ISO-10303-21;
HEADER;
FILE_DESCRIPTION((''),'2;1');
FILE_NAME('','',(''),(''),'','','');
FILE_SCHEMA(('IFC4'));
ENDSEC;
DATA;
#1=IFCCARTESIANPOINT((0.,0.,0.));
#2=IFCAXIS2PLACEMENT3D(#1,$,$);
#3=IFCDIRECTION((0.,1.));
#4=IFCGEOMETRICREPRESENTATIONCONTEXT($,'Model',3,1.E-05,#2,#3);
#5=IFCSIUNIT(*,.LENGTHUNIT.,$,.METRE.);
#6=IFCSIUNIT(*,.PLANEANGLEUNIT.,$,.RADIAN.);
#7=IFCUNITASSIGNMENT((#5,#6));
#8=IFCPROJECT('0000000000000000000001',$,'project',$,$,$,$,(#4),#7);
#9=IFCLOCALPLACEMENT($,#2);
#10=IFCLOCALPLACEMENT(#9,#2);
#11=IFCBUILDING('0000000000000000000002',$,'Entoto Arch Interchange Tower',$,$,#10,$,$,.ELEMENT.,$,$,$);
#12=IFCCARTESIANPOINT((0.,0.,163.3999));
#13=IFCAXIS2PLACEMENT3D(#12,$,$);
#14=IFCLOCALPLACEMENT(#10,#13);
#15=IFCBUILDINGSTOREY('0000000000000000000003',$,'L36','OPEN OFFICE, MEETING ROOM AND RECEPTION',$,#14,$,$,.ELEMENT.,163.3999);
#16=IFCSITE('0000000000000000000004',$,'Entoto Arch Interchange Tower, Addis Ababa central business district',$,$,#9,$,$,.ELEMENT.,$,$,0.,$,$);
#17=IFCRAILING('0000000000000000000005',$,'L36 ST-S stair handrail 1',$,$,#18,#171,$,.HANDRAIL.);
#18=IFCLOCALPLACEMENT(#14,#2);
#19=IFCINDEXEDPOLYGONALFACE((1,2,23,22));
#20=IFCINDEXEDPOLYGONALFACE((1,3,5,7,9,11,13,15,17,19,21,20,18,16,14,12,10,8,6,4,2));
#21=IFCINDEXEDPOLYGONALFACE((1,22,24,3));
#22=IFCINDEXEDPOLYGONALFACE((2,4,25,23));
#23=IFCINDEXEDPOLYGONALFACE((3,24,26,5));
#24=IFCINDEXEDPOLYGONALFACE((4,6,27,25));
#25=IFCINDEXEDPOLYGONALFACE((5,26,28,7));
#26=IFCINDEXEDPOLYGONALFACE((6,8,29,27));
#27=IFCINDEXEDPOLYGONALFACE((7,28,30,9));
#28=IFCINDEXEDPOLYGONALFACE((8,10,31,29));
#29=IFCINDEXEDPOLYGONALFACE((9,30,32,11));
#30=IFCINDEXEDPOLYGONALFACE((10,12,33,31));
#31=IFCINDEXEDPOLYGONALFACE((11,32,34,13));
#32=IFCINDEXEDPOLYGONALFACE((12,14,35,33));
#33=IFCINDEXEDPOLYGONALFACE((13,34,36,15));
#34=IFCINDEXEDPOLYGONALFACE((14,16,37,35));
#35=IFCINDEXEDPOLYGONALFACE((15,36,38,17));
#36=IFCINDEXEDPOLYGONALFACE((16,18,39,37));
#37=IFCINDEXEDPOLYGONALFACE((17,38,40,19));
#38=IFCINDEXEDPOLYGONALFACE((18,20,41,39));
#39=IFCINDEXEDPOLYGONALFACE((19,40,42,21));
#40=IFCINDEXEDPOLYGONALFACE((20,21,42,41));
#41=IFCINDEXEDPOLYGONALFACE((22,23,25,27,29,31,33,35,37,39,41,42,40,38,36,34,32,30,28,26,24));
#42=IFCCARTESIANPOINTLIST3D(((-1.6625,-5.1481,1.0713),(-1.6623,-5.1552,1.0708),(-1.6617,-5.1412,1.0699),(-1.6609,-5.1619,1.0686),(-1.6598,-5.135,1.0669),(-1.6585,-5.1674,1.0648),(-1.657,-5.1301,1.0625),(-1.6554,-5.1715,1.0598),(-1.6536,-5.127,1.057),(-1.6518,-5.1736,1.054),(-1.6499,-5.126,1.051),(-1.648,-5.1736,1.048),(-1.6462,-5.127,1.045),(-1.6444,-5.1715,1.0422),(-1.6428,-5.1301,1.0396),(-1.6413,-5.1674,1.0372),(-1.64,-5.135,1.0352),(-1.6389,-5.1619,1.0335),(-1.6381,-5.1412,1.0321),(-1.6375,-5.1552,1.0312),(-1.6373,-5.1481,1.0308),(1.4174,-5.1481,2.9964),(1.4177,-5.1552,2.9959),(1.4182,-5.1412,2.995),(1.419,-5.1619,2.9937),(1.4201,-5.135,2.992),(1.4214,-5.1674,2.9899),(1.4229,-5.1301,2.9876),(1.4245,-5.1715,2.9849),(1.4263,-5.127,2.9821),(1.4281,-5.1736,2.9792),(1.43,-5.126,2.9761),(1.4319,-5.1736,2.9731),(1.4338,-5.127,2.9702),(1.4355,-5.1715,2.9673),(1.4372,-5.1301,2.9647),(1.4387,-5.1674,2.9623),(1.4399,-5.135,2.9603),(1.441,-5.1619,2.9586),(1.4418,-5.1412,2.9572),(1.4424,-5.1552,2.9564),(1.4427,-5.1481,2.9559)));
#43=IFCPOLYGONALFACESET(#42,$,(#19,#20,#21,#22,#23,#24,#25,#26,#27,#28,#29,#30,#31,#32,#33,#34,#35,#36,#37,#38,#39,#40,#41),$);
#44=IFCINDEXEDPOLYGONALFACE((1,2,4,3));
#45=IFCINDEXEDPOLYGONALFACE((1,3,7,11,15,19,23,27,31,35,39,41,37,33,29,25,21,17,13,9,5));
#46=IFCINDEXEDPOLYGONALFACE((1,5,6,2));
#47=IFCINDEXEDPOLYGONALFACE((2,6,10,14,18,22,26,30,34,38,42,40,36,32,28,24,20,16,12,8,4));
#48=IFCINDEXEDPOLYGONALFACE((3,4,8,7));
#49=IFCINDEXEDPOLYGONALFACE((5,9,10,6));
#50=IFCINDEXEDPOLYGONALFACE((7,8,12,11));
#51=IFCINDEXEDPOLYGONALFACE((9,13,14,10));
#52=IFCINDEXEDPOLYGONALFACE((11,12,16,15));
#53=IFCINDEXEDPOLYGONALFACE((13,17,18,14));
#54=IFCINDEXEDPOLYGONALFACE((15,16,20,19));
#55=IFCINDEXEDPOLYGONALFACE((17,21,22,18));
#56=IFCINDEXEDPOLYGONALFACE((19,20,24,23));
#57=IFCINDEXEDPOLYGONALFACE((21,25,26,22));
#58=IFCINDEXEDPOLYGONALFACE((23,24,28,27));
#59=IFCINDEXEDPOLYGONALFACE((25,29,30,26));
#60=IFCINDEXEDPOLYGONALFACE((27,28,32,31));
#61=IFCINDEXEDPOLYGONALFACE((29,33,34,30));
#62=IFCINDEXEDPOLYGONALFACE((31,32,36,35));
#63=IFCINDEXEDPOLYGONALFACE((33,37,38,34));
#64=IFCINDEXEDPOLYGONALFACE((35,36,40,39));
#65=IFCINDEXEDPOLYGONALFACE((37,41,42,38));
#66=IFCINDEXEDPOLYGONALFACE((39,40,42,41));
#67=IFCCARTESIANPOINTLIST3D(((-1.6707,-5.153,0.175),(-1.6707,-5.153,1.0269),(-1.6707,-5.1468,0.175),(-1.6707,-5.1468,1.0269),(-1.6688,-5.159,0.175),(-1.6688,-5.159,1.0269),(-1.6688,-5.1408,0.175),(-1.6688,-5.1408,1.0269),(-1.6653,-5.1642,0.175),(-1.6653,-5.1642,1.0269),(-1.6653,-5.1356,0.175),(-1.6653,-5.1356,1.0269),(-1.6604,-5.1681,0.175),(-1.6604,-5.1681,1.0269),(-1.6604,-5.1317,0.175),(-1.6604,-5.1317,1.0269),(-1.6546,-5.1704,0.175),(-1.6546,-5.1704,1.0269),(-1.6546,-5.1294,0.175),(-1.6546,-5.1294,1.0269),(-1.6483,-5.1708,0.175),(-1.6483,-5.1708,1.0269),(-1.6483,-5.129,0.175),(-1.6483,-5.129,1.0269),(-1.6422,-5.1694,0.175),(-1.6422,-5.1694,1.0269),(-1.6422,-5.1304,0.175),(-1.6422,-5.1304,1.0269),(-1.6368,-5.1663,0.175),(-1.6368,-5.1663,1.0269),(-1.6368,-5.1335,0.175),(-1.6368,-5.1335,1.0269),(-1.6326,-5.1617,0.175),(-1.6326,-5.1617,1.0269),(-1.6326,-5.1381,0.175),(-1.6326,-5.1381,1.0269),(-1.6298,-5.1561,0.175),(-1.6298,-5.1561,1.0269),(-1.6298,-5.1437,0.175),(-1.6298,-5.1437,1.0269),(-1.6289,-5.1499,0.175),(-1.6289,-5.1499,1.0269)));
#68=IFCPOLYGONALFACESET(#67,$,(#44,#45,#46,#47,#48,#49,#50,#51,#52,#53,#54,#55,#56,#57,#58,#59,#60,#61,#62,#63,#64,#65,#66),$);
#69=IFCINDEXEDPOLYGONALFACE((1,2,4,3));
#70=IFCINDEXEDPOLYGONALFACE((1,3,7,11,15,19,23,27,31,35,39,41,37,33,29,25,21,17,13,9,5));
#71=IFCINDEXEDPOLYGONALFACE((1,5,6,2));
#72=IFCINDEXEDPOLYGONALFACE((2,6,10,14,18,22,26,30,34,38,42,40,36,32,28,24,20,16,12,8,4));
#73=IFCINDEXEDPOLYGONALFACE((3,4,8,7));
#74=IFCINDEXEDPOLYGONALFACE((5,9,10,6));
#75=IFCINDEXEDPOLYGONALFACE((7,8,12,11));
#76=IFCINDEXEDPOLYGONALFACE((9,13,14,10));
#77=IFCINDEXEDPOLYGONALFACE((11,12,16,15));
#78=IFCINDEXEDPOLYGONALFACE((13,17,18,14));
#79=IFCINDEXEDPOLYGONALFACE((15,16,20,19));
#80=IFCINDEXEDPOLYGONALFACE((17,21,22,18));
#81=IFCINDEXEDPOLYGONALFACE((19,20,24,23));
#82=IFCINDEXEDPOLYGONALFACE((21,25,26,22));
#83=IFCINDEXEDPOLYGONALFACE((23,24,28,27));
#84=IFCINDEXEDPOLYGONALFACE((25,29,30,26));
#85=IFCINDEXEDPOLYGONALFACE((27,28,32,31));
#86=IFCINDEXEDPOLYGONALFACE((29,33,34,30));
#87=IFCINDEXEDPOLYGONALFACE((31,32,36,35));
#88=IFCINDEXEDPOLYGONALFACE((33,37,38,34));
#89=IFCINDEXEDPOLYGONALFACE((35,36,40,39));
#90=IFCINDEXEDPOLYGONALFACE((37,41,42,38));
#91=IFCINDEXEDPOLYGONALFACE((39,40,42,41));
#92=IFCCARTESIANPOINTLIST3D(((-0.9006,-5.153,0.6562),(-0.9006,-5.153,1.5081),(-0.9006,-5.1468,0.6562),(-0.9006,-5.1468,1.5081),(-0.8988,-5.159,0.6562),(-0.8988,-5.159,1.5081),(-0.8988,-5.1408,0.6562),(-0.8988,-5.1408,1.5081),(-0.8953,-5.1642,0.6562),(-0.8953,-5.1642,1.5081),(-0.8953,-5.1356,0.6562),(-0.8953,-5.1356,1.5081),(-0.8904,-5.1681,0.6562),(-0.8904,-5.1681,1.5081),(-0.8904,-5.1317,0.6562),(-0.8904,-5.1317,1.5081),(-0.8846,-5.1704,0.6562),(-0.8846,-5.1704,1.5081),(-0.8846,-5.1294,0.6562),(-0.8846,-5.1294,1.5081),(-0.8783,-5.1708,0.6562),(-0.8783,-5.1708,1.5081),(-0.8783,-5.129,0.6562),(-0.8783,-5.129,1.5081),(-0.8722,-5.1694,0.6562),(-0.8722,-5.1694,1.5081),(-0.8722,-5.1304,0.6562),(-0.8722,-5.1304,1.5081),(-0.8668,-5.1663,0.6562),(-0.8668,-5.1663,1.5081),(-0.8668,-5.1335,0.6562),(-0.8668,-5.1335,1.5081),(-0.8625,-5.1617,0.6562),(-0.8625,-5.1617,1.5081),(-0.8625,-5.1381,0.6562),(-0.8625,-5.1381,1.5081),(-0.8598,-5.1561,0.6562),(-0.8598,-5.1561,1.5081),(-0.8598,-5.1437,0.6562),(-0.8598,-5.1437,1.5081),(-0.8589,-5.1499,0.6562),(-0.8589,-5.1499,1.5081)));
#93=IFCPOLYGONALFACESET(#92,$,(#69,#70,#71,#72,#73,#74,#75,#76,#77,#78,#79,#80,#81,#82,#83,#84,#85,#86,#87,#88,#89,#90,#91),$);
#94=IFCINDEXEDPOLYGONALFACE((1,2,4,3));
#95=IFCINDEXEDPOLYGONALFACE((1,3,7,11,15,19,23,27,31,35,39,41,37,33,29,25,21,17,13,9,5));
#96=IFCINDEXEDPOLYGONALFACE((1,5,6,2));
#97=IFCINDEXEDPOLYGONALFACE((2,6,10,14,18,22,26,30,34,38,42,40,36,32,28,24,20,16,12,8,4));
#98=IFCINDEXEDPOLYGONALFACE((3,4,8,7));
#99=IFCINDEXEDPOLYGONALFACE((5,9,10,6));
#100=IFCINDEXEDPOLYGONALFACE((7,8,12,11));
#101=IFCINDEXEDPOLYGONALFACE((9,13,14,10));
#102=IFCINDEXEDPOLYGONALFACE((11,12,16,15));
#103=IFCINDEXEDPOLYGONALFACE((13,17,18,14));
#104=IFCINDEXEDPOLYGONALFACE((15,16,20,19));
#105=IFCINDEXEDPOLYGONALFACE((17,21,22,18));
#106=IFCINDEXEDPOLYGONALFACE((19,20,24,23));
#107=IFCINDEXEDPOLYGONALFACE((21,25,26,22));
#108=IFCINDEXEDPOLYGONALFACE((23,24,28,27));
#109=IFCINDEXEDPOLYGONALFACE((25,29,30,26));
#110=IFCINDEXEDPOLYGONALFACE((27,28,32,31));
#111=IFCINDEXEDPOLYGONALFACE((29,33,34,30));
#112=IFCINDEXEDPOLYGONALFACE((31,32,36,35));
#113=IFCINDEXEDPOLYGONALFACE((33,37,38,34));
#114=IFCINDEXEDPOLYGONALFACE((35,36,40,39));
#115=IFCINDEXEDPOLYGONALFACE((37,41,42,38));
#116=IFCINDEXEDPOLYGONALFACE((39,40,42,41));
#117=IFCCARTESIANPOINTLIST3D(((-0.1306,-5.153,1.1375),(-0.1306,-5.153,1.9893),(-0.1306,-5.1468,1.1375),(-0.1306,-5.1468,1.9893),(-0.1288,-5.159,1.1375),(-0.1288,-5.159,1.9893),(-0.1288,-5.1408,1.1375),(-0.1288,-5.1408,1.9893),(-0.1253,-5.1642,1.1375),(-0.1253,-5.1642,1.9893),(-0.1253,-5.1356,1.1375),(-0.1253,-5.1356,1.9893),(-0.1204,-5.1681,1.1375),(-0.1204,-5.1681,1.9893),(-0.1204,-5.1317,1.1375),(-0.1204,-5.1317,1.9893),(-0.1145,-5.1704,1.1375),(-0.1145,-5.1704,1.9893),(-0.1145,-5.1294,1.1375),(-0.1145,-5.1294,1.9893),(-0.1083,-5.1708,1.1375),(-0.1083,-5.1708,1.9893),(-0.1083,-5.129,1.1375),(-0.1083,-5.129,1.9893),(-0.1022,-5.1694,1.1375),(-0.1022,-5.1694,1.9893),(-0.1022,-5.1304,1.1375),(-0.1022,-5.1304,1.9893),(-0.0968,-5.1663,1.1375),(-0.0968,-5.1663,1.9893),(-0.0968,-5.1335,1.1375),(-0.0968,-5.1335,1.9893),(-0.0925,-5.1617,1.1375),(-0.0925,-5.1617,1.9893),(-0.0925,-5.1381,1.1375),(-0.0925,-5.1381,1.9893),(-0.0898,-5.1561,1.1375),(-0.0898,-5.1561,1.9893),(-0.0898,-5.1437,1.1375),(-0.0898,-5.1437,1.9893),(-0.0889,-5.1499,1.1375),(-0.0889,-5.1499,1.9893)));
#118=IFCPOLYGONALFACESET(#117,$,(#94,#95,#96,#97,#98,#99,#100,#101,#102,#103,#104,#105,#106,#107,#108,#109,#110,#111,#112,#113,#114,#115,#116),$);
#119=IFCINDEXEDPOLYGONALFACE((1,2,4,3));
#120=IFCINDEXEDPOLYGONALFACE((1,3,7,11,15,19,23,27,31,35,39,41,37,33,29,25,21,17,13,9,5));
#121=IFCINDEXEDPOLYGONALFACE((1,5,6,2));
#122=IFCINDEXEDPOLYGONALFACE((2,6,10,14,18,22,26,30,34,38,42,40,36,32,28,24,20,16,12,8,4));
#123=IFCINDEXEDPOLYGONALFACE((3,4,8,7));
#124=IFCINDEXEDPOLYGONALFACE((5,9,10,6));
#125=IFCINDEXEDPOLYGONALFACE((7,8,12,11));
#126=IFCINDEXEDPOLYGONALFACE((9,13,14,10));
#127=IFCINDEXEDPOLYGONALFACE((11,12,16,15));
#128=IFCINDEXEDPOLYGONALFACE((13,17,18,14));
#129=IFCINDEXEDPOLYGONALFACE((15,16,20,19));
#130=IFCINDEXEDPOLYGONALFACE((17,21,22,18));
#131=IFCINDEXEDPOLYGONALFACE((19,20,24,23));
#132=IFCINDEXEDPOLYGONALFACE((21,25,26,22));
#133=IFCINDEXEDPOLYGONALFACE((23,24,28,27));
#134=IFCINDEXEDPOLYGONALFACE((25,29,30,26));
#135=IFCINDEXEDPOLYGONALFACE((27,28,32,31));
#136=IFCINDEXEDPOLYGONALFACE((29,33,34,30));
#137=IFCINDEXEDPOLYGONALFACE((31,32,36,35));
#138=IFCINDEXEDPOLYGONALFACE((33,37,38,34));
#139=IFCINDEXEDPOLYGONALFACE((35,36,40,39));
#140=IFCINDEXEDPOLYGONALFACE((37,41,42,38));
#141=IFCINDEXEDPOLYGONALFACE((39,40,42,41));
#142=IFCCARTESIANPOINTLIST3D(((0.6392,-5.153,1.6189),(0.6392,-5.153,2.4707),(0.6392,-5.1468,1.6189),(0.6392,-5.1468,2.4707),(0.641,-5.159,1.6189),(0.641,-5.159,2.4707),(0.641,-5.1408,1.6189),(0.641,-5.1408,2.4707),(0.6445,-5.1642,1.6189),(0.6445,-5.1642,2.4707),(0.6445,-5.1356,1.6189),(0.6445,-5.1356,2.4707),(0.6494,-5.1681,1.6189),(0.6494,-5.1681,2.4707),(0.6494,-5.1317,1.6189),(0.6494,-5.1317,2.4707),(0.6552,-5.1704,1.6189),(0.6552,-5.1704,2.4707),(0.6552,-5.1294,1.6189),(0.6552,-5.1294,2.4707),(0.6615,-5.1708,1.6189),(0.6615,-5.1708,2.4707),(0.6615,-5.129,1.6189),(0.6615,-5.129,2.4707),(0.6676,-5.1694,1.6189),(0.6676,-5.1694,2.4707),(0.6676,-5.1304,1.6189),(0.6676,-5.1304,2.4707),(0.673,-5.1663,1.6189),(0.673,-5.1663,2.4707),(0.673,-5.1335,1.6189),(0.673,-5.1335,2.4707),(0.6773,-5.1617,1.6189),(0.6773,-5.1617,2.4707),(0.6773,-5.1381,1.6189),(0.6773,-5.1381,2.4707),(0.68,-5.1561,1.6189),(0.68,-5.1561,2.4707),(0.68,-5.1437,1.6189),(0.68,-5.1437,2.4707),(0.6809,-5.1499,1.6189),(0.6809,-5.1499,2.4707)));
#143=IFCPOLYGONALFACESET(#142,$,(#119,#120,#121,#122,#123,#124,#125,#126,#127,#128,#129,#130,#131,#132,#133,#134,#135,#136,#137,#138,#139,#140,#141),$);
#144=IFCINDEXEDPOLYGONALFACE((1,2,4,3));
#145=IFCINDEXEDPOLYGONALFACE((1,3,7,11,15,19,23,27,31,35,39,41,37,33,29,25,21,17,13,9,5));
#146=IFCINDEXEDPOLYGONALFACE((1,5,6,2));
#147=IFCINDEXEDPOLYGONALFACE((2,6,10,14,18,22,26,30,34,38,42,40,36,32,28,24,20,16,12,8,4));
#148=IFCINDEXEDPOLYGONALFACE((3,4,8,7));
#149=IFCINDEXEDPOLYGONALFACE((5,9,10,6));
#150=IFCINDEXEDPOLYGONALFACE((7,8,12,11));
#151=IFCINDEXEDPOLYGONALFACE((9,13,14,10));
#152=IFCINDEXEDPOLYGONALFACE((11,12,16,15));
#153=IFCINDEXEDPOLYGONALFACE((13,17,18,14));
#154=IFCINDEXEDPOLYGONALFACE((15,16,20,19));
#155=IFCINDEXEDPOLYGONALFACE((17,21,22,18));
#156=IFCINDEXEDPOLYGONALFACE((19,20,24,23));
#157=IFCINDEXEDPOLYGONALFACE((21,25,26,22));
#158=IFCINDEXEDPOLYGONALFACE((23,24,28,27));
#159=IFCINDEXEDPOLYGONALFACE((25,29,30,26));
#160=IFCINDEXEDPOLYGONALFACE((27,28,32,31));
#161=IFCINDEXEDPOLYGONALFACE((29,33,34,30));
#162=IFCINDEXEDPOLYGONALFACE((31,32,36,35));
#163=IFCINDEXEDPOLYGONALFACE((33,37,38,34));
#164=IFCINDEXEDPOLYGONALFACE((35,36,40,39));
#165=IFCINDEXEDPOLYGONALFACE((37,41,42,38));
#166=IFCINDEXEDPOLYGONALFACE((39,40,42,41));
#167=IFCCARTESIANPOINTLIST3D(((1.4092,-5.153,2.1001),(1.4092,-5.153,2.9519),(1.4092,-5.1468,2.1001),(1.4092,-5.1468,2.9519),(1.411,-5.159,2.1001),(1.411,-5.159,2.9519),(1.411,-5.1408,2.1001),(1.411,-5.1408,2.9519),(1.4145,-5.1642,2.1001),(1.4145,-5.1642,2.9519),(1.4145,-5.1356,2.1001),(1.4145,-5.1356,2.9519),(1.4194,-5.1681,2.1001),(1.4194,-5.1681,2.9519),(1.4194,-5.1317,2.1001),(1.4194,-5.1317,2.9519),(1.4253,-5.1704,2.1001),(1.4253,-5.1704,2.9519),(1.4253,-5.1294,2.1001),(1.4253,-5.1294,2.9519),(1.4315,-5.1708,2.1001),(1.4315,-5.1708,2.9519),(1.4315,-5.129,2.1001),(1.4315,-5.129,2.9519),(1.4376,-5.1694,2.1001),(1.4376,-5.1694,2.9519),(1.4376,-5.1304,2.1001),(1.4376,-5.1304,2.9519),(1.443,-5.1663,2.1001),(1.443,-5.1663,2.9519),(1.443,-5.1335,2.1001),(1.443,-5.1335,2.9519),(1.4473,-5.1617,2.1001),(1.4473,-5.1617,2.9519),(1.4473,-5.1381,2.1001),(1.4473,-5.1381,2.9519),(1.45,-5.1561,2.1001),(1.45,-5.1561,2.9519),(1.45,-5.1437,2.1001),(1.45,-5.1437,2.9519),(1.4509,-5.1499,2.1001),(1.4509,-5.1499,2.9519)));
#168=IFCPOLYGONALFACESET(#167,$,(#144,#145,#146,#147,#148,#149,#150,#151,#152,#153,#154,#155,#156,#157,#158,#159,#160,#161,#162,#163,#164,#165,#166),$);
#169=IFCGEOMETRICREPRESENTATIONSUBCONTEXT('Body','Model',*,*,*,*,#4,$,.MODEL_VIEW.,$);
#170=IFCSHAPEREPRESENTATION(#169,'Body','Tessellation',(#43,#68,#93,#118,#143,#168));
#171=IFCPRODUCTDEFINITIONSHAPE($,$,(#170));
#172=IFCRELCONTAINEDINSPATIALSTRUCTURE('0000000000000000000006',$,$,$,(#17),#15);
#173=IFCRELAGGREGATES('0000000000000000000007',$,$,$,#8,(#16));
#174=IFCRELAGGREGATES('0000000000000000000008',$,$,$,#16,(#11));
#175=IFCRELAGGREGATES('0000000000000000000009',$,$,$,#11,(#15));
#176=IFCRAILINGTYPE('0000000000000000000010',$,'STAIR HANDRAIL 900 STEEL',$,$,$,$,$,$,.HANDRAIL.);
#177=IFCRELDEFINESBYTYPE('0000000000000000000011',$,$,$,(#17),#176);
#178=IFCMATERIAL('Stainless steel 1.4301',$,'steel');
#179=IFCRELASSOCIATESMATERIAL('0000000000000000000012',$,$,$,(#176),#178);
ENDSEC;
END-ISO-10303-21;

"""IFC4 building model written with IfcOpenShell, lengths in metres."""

from ifc_helpers import new_model, si_unit, direction, frame, origin, origin_2d, place, context, subcontext, project, spatial, circle, extrude, material, type_object, element, save


model = new_model("IFC4")

# Units and contexts
model_context = context("Model", 3, precision=1e-05, world=origin(), true_north=direction((0.0, 1.0)))
body_context = subcontext(model_context, "Body", "Model", "MODEL_VIEW")
ifc_project = project(units=[si_unit("LENGTHUNIT", "METRE"), si_unit("PLANEANGLEUNIT", "RADIAN")], contexts=[model_context])

# Site, building, storey
site_placement = place(None, origin())
site = spatial("IfcSite", under=ifc_project, at=site_placement, Name="Entoto Arch Interchange Tower, Addis Ababa central business district", CompositionType="ELEMENT", RefElevation=0.0)
building_placement = place(site_placement, origin())
building = spatial("IfcBuilding", under=site, at=building_placement, Name="Entoto Arch Interchange Tower", CompositionType="ELEMENT")
storey_placement = place(building_placement, frame((0.0, 0.0, 163.3999)))
storey = spatial("IfcBuildingStorey", under=building, at=storey_placement, Name="L36", Description="OPEN OFFICE, MEETING ROOM AND RECEPTION", CompositionType="ELEMENT", Elevation=163.3999)

# Railing
ifc_material_1 = material(Name="Stainless steel 1.4301", Category="steel")
railing_type_1 = type_object("IfcRailingType", Name="STAIR HANDRAIL 900 STEEL", PredefinedType="HANDRAIL", material=ifc_material_1)
railing_1_placement = place(storey_placement, frame((-1.6499, -5.1499, 0.175)))
element("IfcRailing", 1, at=railing_1_placement, inside=storey, type_object=railing_type_1, Name="L36 ST-S stair handrail 1", PredefinedType="HANDRAIL", context=body_context, shape_type="SweptSolid", body=[
    extrude(circle(Radius=0.0239, at=origin_2d()), frame((0.0, 0.0, 0.876), z_axis=(0.847979, 0.0, 0.530029), x_axis=(0.0, 1.0, 0.0)), (0.0, 0.0, 1.0), 3.6321),
    extrude(circle(Radius=0.021, at=origin_2d()), origin(), (0.0, 0.0, 1.0), 0.8518),
    extrude(circle(Radius=0.021, at=origin_2d()), frame((0.77, 0.0, 0.4812)), (0.0, 0.0, 1.0), 0.8518),
    extrude(circle(Radius=0.021, at=origin_2d()), frame((1.54, 0.0, 0.9624)), (0.0, 0.0, 1.0), 0.8518),
    extrude(circle(Radius=0.021, at=origin_2d()), frame((2.3098, 0.0, 1.4438)), (0.0, 0.0, 1.0), 0.8518),
    extrude(circle(Radius=0.021, at=origin_2d()), frame((3.0798, 0.0, 1.925)), (0.0, 0.0, 1.0), 0.8518),
])

save(model, "model.ifc")
